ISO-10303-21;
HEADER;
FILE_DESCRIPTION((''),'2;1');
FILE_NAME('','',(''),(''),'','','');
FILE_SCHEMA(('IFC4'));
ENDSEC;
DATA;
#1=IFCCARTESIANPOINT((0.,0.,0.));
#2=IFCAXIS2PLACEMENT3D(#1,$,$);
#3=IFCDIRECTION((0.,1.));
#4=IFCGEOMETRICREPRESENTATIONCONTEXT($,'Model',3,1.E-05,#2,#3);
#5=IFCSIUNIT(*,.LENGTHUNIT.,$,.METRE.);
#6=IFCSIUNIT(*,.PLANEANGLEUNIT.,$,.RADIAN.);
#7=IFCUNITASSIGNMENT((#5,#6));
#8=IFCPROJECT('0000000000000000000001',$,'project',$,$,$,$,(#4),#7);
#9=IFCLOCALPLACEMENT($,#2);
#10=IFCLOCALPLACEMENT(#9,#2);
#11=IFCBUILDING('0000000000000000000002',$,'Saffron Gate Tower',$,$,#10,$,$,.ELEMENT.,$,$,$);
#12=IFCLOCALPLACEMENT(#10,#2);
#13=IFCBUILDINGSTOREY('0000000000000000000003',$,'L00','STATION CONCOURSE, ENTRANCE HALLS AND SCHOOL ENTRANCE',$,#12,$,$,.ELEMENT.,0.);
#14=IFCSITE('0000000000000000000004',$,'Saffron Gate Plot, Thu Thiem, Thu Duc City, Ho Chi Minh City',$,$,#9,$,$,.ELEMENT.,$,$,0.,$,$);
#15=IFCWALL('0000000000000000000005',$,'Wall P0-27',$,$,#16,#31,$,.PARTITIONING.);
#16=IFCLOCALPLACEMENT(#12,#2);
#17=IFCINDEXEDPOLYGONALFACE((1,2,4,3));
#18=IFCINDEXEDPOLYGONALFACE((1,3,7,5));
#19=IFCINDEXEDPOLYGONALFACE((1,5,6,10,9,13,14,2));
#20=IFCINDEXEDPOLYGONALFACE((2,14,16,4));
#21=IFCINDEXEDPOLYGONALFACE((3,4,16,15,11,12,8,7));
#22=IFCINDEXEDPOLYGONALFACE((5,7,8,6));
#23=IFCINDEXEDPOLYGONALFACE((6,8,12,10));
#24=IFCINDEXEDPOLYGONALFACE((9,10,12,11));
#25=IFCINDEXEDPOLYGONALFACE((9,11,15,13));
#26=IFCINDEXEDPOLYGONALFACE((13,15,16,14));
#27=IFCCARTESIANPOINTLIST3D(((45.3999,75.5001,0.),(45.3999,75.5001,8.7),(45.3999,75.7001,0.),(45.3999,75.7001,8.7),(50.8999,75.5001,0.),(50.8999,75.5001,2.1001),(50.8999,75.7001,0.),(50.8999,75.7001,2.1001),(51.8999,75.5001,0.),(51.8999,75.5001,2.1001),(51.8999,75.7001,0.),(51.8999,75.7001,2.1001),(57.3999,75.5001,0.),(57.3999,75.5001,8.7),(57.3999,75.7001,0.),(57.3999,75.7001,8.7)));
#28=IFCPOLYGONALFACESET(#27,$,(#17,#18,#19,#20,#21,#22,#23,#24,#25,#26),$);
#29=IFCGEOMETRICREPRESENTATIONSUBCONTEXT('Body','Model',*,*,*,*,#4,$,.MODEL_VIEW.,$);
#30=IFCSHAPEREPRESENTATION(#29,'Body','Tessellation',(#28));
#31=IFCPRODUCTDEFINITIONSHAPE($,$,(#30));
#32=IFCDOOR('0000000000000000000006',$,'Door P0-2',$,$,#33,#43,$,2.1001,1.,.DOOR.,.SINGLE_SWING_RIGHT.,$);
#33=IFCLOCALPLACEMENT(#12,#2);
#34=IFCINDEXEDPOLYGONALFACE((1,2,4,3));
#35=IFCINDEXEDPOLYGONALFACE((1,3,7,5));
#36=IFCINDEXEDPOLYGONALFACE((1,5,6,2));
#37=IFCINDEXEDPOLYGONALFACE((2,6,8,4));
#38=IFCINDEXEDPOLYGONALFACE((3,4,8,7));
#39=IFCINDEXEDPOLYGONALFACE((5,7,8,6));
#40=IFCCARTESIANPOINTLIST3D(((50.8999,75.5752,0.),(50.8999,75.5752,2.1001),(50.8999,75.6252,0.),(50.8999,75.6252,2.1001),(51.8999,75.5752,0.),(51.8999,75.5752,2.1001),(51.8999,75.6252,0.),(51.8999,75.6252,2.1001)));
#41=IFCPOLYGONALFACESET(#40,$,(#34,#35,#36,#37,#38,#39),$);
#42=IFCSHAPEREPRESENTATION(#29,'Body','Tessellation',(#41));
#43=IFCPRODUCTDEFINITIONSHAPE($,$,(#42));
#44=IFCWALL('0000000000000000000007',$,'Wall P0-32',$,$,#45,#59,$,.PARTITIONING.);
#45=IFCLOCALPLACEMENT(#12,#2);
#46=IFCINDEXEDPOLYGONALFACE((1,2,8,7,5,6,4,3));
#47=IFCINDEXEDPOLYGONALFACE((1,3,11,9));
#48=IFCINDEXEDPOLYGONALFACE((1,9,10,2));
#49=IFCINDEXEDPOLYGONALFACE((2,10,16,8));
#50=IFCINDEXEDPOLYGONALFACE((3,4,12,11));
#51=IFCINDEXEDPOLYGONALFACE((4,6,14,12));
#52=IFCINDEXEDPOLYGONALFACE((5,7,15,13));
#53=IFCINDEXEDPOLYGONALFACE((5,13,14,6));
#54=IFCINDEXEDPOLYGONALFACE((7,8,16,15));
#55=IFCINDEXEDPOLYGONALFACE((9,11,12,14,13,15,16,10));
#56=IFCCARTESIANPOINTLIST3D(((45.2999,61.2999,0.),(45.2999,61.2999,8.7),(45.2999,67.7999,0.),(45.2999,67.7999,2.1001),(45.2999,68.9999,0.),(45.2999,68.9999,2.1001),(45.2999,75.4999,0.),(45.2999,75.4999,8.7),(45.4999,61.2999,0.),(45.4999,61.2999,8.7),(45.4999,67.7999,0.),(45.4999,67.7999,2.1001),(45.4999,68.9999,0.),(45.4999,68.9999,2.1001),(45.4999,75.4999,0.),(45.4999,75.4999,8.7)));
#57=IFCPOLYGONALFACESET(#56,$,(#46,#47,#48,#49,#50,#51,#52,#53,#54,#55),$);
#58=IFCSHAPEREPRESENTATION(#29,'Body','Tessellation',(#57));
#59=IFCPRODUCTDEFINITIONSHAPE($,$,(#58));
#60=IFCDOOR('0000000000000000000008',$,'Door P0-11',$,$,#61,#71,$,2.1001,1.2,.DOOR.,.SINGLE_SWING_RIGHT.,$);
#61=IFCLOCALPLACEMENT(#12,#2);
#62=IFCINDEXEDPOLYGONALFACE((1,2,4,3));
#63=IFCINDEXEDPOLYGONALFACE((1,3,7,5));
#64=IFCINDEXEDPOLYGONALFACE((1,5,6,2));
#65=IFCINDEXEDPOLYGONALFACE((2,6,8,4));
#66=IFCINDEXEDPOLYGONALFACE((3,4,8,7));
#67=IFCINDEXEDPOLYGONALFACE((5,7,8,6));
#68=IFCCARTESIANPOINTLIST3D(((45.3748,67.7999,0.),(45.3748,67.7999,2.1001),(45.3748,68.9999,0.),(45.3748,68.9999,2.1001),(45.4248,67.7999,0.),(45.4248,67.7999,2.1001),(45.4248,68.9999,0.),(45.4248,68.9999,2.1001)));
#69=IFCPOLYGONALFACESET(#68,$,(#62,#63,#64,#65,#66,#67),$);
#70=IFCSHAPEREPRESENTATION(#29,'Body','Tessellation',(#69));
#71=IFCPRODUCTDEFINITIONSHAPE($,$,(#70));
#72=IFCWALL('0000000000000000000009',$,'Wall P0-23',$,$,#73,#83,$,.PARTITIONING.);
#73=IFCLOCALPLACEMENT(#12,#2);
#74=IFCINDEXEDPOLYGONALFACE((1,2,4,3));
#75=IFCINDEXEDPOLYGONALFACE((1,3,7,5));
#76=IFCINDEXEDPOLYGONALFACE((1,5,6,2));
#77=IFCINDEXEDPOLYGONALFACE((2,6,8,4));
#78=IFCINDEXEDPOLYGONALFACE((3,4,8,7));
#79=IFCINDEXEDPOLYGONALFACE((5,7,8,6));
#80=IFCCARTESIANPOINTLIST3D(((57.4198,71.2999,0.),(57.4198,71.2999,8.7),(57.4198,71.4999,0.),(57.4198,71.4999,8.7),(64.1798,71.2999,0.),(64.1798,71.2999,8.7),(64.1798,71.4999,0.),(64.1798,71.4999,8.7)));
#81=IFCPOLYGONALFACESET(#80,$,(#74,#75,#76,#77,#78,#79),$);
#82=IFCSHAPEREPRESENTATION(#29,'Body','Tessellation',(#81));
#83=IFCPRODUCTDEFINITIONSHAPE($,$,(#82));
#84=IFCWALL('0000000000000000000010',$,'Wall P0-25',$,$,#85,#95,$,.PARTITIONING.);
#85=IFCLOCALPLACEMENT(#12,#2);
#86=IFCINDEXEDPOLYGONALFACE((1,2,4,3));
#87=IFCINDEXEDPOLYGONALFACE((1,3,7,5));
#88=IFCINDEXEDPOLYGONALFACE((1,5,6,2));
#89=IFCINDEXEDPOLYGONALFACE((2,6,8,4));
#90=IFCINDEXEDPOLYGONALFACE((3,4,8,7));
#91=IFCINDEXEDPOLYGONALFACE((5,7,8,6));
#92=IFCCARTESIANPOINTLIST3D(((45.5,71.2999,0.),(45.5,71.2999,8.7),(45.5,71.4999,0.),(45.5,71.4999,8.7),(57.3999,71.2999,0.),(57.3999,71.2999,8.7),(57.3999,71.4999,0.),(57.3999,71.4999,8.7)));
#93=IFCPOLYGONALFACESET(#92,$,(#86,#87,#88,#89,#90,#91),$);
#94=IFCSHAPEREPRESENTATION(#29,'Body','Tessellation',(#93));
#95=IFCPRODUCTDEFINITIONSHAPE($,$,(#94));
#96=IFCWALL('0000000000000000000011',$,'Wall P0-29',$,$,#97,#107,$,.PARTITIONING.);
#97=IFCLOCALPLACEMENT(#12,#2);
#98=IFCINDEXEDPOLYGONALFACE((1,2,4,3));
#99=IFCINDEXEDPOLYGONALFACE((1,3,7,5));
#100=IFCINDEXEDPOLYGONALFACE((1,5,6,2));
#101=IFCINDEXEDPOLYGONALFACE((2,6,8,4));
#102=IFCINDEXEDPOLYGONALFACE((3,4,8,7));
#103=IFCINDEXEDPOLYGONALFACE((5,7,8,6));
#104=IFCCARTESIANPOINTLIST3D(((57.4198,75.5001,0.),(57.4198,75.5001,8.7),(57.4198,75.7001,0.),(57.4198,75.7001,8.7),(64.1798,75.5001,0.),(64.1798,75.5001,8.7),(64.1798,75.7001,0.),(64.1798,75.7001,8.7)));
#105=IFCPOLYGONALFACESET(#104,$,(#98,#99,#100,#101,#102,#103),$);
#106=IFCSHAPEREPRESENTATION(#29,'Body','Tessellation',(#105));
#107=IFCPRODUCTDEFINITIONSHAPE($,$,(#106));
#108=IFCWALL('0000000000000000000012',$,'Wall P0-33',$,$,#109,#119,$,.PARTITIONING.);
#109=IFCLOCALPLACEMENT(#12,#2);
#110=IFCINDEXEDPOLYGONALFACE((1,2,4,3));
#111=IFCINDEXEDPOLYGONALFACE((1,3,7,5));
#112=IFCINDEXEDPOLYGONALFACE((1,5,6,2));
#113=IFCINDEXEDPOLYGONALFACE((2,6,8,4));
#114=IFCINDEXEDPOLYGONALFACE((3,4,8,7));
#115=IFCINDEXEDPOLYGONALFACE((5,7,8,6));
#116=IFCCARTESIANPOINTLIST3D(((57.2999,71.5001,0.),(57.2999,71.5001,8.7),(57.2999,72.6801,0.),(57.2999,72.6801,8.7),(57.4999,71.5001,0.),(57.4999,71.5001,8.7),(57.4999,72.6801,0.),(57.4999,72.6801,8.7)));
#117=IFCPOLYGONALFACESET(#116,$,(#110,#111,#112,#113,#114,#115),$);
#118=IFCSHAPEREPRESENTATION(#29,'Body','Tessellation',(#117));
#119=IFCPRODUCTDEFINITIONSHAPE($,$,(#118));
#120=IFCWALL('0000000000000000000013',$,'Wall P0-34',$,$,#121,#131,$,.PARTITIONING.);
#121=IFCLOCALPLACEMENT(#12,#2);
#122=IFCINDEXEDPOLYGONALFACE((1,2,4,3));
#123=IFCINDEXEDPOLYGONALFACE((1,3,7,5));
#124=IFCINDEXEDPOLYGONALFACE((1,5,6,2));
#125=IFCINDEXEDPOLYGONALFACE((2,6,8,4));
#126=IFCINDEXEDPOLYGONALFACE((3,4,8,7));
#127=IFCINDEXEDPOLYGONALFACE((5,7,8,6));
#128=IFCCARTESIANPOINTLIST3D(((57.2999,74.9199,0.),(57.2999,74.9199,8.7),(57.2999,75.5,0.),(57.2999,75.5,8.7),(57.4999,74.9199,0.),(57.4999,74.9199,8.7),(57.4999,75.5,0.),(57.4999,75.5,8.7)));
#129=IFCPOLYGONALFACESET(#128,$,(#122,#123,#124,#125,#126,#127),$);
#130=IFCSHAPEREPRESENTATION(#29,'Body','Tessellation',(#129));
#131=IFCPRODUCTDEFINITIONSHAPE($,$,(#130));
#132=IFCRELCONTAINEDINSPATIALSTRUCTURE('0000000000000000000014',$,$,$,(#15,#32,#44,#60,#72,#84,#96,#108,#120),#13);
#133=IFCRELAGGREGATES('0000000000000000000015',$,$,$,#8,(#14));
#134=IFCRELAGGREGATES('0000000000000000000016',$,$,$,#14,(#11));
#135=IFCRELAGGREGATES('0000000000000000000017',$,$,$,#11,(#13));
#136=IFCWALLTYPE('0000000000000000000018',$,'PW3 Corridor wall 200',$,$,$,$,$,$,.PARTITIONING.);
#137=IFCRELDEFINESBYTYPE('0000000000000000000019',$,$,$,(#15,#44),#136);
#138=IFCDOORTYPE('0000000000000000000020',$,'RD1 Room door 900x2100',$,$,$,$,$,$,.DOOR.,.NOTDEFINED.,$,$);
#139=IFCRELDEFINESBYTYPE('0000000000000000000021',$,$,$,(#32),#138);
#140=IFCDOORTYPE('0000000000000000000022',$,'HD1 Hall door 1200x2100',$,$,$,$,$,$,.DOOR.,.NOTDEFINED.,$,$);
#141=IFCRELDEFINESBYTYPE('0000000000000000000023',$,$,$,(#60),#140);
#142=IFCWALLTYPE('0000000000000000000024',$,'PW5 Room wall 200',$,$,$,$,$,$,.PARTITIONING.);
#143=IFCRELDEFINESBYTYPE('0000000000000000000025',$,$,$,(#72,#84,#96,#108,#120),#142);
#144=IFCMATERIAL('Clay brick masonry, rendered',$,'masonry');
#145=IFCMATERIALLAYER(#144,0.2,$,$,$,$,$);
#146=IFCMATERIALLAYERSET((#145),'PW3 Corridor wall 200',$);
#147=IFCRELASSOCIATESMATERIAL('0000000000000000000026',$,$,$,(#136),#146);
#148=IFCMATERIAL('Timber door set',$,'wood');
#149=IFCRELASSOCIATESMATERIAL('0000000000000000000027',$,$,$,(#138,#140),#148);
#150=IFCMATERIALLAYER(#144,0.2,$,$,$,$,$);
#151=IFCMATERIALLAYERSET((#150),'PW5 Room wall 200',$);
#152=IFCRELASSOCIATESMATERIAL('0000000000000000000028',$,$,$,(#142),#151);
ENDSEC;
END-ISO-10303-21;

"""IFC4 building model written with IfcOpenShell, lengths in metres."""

from ifc_helpers import new_model, si_unit, direction, frame, frame_2d, origin, place, context, subcontext, project, spatial, rectangle, extrude, material, layer, layer_set, type_object, element, fill, save


model = new_model("IFC4")

# Units and contexts
model_context = context("Model", 3, precision=1e-05, world=origin(), true_north=direction((0.0, 1.0)))
body_context = subcontext(model_context, "Body", "Model", "MODEL_VIEW")
ifc_project = project(units=[si_unit("LENGTHUNIT", "METRE"), si_unit("PLANEANGLEUNIT", "RADIAN")], contexts=[model_context])

# Site, building, storey
site_placement = place(None, origin())
site = spatial("IfcSite", under=ifc_project, at=site_placement, Name="Saffron Gate Plot, Thu Thiem, Thu Duc City, Ho Chi Minh City", CompositionType="ELEMENT", RefElevation=0.0)
building_placement = place(site_placement, origin())
building = spatial("IfcBuilding", under=site, at=building_placement, Name="Saffron Gate Tower", CompositionType="ELEMENT")
storey_placement = place(building_placement, origin())
storey = spatial("IfcBuildingStorey", under=building, at=storey_placement, Name="L00", Description="STATION CONCOURSE, ENTRANCE HALLS AND SCHOOL ENTRANCE", CompositionType="ELEMENT", Elevation=0.0)

# Walls, openings, doors
ifc_material_1 = material(Name="Clay brick masonry, rendered", Category="masonry")
ifc_layer_1 = layer(ifc_material_1, 0.2)
ifc_layer_set_1 = layer_set([ifc_layer_1], Name="PW3 Corridor wall 200")
wall_type_1 = type_object("IfcWallType", Name="PW3 Corridor wall 200", PredefinedType="PARTITIONING", material=ifc_layer_set_1)
wall_1_placement = place(storey_placement, frame((57.3999, 75.6001, 0.0), z_axis=(0.0, 0.0, 1.0), x_axis=(-1.0, 0.0, 0.0)))
wall_1 = element("IfcWall", 1, at=wall_1_placement, inside=storey, type_object=wall_type_1, Name="Wall P0-27", PredefinedType="PARTITIONING", context=body_context, shape_type="SweptSolid", body=[
    extrude(rectangle(XDim=12.0, YDim=0.2, at=frame_2d((6.0, 0.0))), origin(), (0.0, 0.0, 1.0), 8.7),
])
opening_1_placement = place(wall_1_placement, frame((5.5, 0.0, 0.0)))
opening_1 = element("IfcOpeningElement", 2, at=opening_1_placement, cuts=wall_1, PredefinedType="OPENING", context=body_context, shape_type="SweptSolid", body=[
    extrude(rectangle(XDim=1.0, YDim=2.1001, at=frame_2d((0.5, 1.05))), frame((0.0, 0.1099, 0.0), z_axis=(0.0, -1.0, 0.0), x_axis=(1.0, 0.0, 0.0)), (0.0, 0.0, 1.0), 0.22),
])
ifc_material_2 = material(Name="Timber door set", Category="wood")
door_type_1 = type_object("IfcDoorType", Name="RD1 Room door 900x2100", OperationType="NOTDEFINED", PredefinedType="DOOR", material=ifc_material_2)
door_1_placement = place(opening_1_placement, origin())
door_1 = element("IfcDoor", 3, at=door_1_placement, inside=storey, type_object=door_type_1, Name="Door P0-2", OperationType="SINGLE_SWING_RIGHT", OverallHeight=2.1001, OverallWidth=1.0, PredefinedType="DOOR", context=body_context, shape_type="SweptSolid", body=[
    extrude(rectangle(XDim=1.0, YDim=2.1001, at=frame_2d((0.5, 1.05))), frame((0.0, 0.0249, 0.0), z_axis=(0.0, -1.0, 0.0), x_axis=(1.0, 0.0, 0.0)), (0.0, 0.0, 1.0), 0.05),
])
fill(opening_1, door_1)
wall_2_placement = place(storey_placement, frame((45.3999, 75.5, 0.0), z_axis=(0.0, 0.0, 1.0), x_axis=(0.0, -1.0, 0.0)))
wall_2 = element("IfcWall", 4, at=wall_2_placement, inside=storey, type_object=wall_type_1, Name="Wall P0-32", PredefinedType="PARTITIONING", context=body_context, shape_type="SweptSolid", body=[
    extrude(rectangle(XDim=14.2, YDim=0.2, at=frame_2d((7.1001, 0.0))), origin(), (0.0, 0.0, 1.0), 8.7),
])
opening_2_placement = place(wall_2_placement, frame((6.5, 0.0, 0.0)))
opening_2 = element("IfcOpeningElement", 5, at=opening_2_placement, cuts=wall_2, PredefinedType="OPENING", context=body_context, shape_type="SweptSolid", body=[
    extrude(rectangle(XDim=1.2, YDim=2.1001, at=frame_2d((0.6001, 1.05))), frame((0.0, 0.1099, 0.0), z_axis=(0.0, -1.0, 0.0), x_axis=(1.0, 0.0, 0.0)), (0.0, 0.0, 1.0), 0.22),
])
door_type_2 = type_object("IfcDoorType", Name="HD1 Hall door 1200x2100", OperationType="NOTDEFINED", PredefinedType="DOOR", material=ifc_material_2)
door_2_placement = place(opening_2_placement, origin())
door_2 = element("IfcDoor", 6, at=door_2_placement, inside=storey, type_object=door_type_2, Name="Door P0-11", OperationType="SINGLE_SWING_RIGHT", OverallHeight=2.1001, OverallWidth=1.2, PredefinedType="DOOR", context=body_context, shape_type="SweptSolid", body=[
    extrude(rectangle(XDim=1.2, YDim=2.1001, at=frame_2d((0.6001, 1.05))), frame((0.0, 0.0249, 0.0), z_axis=(0.0, -1.0, 0.0), x_axis=(1.0, 0.0, 0.0)), (0.0, 0.0, 1.0), 0.05),
])
fill(opening_2, door_2)

# Walls
ifc_layer_2 = layer(ifc_material_1, 0.2)
ifc_layer_set_2 = layer_set([ifc_layer_2], Name="PW5 Room wall 200")
wall_type_2 = type_object("IfcWallType", Name="PW5 Room wall 200", PredefinedType="PARTITIONING", material=ifc_layer_set_2)
wall_3_placement = place(storey_placement, frame((57.4199, 71.3999, 0.0), z_axis=(0.0, 0.0, 1.0), x_axis=(1.0, 0.0, 0.0)))
element("IfcWall", 7, at=wall_3_placement, inside=storey, type_object=wall_type_2, Name="Wall P0-23", PredefinedType="PARTITIONING", context=body_context, shape_type="SweptSolid", body=[
    extrude(rectangle(XDim=6.76, YDim=0.2, at=frame_2d((3.3799, 0.0))), origin(), (0.0, 0.0, 1.0), 8.7),
])
wall_4_placement = place(storey_placement, frame((45.5, 71.3999, 0.0), z_axis=(0.0, 0.0, 1.0), x_axis=(1.0, 0.0, 0.0)))
element("IfcWall", 8, at=wall_4_placement, inside=storey, type_object=wall_type_2, Name="Wall P0-25", PredefinedType="PARTITIONING", context=body_context, shape_type="SweptSolid", body=[
    extrude(rectangle(XDim=11.8999, YDim=0.2, at=frame_2d((5.95, 0.0))), origin(), (0.0, 0.0, 1.0), 8.7),
])
wall_5_placement = place(storey_placement, frame((57.4199, 75.6001, 0.0), z_axis=(0.0, 0.0, 1.0), x_axis=(1.0, 0.0, 0.0)))
element("IfcWall", 9, at=wall_5_placement, inside=storey, type_object=wall_type_2, Name="Wall P0-29", PredefinedType="PARTITIONING", context=body_context, shape_type="SweptSolid", body=[
    extrude(rectangle(XDim=6.76, YDim=0.2, at=frame_2d((3.3799, 0.0))), origin(), (0.0, 0.0, 1.0), 8.7),
])
wall_6_placement = place(storey_placement, frame((57.3999, 72.6799, 0.0), z_axis=(0.0, 0.0, 1.0), x_axis=(0.0, -1.0, 0.0)))
element("IfcWall", 10, at=wall_6_placement, inside=storey, type_object=wall_type_2, Name="Wall P0-33", PredefinedType="PARTITIONING", context=body_context, shape_type="SweptSolid", body=[
    extrude(rectangle(XDim=1.1799, YDim=0.2, at=frame_2d((0.5898, 0.0))), origin(), (0.0, 0.0, 1.0), 8.7),
])
wall_7_placement = place(storey_placement, frame((57.3999, 75.5, 0.0), z_axis=(0.0, 0.0, 1.0), x_axis=(0.0, -1.0, 0.0)))
element("IfcWall", 11, at=wall_7_placement, inside=storey, type_object=wall_type_2, Name="Wall P0-34", PredefinedType="PARTITIONING", context=body_context, shape_type="SweptSolid", body=[
    extrude(rectangle(XDim=0.5801, YDim=0.2, at=frame_2d((0.29, 0.0))), origin(), (0.0, 0.0, 1.0), 8.7),
])

save(model, "model.ifc")
